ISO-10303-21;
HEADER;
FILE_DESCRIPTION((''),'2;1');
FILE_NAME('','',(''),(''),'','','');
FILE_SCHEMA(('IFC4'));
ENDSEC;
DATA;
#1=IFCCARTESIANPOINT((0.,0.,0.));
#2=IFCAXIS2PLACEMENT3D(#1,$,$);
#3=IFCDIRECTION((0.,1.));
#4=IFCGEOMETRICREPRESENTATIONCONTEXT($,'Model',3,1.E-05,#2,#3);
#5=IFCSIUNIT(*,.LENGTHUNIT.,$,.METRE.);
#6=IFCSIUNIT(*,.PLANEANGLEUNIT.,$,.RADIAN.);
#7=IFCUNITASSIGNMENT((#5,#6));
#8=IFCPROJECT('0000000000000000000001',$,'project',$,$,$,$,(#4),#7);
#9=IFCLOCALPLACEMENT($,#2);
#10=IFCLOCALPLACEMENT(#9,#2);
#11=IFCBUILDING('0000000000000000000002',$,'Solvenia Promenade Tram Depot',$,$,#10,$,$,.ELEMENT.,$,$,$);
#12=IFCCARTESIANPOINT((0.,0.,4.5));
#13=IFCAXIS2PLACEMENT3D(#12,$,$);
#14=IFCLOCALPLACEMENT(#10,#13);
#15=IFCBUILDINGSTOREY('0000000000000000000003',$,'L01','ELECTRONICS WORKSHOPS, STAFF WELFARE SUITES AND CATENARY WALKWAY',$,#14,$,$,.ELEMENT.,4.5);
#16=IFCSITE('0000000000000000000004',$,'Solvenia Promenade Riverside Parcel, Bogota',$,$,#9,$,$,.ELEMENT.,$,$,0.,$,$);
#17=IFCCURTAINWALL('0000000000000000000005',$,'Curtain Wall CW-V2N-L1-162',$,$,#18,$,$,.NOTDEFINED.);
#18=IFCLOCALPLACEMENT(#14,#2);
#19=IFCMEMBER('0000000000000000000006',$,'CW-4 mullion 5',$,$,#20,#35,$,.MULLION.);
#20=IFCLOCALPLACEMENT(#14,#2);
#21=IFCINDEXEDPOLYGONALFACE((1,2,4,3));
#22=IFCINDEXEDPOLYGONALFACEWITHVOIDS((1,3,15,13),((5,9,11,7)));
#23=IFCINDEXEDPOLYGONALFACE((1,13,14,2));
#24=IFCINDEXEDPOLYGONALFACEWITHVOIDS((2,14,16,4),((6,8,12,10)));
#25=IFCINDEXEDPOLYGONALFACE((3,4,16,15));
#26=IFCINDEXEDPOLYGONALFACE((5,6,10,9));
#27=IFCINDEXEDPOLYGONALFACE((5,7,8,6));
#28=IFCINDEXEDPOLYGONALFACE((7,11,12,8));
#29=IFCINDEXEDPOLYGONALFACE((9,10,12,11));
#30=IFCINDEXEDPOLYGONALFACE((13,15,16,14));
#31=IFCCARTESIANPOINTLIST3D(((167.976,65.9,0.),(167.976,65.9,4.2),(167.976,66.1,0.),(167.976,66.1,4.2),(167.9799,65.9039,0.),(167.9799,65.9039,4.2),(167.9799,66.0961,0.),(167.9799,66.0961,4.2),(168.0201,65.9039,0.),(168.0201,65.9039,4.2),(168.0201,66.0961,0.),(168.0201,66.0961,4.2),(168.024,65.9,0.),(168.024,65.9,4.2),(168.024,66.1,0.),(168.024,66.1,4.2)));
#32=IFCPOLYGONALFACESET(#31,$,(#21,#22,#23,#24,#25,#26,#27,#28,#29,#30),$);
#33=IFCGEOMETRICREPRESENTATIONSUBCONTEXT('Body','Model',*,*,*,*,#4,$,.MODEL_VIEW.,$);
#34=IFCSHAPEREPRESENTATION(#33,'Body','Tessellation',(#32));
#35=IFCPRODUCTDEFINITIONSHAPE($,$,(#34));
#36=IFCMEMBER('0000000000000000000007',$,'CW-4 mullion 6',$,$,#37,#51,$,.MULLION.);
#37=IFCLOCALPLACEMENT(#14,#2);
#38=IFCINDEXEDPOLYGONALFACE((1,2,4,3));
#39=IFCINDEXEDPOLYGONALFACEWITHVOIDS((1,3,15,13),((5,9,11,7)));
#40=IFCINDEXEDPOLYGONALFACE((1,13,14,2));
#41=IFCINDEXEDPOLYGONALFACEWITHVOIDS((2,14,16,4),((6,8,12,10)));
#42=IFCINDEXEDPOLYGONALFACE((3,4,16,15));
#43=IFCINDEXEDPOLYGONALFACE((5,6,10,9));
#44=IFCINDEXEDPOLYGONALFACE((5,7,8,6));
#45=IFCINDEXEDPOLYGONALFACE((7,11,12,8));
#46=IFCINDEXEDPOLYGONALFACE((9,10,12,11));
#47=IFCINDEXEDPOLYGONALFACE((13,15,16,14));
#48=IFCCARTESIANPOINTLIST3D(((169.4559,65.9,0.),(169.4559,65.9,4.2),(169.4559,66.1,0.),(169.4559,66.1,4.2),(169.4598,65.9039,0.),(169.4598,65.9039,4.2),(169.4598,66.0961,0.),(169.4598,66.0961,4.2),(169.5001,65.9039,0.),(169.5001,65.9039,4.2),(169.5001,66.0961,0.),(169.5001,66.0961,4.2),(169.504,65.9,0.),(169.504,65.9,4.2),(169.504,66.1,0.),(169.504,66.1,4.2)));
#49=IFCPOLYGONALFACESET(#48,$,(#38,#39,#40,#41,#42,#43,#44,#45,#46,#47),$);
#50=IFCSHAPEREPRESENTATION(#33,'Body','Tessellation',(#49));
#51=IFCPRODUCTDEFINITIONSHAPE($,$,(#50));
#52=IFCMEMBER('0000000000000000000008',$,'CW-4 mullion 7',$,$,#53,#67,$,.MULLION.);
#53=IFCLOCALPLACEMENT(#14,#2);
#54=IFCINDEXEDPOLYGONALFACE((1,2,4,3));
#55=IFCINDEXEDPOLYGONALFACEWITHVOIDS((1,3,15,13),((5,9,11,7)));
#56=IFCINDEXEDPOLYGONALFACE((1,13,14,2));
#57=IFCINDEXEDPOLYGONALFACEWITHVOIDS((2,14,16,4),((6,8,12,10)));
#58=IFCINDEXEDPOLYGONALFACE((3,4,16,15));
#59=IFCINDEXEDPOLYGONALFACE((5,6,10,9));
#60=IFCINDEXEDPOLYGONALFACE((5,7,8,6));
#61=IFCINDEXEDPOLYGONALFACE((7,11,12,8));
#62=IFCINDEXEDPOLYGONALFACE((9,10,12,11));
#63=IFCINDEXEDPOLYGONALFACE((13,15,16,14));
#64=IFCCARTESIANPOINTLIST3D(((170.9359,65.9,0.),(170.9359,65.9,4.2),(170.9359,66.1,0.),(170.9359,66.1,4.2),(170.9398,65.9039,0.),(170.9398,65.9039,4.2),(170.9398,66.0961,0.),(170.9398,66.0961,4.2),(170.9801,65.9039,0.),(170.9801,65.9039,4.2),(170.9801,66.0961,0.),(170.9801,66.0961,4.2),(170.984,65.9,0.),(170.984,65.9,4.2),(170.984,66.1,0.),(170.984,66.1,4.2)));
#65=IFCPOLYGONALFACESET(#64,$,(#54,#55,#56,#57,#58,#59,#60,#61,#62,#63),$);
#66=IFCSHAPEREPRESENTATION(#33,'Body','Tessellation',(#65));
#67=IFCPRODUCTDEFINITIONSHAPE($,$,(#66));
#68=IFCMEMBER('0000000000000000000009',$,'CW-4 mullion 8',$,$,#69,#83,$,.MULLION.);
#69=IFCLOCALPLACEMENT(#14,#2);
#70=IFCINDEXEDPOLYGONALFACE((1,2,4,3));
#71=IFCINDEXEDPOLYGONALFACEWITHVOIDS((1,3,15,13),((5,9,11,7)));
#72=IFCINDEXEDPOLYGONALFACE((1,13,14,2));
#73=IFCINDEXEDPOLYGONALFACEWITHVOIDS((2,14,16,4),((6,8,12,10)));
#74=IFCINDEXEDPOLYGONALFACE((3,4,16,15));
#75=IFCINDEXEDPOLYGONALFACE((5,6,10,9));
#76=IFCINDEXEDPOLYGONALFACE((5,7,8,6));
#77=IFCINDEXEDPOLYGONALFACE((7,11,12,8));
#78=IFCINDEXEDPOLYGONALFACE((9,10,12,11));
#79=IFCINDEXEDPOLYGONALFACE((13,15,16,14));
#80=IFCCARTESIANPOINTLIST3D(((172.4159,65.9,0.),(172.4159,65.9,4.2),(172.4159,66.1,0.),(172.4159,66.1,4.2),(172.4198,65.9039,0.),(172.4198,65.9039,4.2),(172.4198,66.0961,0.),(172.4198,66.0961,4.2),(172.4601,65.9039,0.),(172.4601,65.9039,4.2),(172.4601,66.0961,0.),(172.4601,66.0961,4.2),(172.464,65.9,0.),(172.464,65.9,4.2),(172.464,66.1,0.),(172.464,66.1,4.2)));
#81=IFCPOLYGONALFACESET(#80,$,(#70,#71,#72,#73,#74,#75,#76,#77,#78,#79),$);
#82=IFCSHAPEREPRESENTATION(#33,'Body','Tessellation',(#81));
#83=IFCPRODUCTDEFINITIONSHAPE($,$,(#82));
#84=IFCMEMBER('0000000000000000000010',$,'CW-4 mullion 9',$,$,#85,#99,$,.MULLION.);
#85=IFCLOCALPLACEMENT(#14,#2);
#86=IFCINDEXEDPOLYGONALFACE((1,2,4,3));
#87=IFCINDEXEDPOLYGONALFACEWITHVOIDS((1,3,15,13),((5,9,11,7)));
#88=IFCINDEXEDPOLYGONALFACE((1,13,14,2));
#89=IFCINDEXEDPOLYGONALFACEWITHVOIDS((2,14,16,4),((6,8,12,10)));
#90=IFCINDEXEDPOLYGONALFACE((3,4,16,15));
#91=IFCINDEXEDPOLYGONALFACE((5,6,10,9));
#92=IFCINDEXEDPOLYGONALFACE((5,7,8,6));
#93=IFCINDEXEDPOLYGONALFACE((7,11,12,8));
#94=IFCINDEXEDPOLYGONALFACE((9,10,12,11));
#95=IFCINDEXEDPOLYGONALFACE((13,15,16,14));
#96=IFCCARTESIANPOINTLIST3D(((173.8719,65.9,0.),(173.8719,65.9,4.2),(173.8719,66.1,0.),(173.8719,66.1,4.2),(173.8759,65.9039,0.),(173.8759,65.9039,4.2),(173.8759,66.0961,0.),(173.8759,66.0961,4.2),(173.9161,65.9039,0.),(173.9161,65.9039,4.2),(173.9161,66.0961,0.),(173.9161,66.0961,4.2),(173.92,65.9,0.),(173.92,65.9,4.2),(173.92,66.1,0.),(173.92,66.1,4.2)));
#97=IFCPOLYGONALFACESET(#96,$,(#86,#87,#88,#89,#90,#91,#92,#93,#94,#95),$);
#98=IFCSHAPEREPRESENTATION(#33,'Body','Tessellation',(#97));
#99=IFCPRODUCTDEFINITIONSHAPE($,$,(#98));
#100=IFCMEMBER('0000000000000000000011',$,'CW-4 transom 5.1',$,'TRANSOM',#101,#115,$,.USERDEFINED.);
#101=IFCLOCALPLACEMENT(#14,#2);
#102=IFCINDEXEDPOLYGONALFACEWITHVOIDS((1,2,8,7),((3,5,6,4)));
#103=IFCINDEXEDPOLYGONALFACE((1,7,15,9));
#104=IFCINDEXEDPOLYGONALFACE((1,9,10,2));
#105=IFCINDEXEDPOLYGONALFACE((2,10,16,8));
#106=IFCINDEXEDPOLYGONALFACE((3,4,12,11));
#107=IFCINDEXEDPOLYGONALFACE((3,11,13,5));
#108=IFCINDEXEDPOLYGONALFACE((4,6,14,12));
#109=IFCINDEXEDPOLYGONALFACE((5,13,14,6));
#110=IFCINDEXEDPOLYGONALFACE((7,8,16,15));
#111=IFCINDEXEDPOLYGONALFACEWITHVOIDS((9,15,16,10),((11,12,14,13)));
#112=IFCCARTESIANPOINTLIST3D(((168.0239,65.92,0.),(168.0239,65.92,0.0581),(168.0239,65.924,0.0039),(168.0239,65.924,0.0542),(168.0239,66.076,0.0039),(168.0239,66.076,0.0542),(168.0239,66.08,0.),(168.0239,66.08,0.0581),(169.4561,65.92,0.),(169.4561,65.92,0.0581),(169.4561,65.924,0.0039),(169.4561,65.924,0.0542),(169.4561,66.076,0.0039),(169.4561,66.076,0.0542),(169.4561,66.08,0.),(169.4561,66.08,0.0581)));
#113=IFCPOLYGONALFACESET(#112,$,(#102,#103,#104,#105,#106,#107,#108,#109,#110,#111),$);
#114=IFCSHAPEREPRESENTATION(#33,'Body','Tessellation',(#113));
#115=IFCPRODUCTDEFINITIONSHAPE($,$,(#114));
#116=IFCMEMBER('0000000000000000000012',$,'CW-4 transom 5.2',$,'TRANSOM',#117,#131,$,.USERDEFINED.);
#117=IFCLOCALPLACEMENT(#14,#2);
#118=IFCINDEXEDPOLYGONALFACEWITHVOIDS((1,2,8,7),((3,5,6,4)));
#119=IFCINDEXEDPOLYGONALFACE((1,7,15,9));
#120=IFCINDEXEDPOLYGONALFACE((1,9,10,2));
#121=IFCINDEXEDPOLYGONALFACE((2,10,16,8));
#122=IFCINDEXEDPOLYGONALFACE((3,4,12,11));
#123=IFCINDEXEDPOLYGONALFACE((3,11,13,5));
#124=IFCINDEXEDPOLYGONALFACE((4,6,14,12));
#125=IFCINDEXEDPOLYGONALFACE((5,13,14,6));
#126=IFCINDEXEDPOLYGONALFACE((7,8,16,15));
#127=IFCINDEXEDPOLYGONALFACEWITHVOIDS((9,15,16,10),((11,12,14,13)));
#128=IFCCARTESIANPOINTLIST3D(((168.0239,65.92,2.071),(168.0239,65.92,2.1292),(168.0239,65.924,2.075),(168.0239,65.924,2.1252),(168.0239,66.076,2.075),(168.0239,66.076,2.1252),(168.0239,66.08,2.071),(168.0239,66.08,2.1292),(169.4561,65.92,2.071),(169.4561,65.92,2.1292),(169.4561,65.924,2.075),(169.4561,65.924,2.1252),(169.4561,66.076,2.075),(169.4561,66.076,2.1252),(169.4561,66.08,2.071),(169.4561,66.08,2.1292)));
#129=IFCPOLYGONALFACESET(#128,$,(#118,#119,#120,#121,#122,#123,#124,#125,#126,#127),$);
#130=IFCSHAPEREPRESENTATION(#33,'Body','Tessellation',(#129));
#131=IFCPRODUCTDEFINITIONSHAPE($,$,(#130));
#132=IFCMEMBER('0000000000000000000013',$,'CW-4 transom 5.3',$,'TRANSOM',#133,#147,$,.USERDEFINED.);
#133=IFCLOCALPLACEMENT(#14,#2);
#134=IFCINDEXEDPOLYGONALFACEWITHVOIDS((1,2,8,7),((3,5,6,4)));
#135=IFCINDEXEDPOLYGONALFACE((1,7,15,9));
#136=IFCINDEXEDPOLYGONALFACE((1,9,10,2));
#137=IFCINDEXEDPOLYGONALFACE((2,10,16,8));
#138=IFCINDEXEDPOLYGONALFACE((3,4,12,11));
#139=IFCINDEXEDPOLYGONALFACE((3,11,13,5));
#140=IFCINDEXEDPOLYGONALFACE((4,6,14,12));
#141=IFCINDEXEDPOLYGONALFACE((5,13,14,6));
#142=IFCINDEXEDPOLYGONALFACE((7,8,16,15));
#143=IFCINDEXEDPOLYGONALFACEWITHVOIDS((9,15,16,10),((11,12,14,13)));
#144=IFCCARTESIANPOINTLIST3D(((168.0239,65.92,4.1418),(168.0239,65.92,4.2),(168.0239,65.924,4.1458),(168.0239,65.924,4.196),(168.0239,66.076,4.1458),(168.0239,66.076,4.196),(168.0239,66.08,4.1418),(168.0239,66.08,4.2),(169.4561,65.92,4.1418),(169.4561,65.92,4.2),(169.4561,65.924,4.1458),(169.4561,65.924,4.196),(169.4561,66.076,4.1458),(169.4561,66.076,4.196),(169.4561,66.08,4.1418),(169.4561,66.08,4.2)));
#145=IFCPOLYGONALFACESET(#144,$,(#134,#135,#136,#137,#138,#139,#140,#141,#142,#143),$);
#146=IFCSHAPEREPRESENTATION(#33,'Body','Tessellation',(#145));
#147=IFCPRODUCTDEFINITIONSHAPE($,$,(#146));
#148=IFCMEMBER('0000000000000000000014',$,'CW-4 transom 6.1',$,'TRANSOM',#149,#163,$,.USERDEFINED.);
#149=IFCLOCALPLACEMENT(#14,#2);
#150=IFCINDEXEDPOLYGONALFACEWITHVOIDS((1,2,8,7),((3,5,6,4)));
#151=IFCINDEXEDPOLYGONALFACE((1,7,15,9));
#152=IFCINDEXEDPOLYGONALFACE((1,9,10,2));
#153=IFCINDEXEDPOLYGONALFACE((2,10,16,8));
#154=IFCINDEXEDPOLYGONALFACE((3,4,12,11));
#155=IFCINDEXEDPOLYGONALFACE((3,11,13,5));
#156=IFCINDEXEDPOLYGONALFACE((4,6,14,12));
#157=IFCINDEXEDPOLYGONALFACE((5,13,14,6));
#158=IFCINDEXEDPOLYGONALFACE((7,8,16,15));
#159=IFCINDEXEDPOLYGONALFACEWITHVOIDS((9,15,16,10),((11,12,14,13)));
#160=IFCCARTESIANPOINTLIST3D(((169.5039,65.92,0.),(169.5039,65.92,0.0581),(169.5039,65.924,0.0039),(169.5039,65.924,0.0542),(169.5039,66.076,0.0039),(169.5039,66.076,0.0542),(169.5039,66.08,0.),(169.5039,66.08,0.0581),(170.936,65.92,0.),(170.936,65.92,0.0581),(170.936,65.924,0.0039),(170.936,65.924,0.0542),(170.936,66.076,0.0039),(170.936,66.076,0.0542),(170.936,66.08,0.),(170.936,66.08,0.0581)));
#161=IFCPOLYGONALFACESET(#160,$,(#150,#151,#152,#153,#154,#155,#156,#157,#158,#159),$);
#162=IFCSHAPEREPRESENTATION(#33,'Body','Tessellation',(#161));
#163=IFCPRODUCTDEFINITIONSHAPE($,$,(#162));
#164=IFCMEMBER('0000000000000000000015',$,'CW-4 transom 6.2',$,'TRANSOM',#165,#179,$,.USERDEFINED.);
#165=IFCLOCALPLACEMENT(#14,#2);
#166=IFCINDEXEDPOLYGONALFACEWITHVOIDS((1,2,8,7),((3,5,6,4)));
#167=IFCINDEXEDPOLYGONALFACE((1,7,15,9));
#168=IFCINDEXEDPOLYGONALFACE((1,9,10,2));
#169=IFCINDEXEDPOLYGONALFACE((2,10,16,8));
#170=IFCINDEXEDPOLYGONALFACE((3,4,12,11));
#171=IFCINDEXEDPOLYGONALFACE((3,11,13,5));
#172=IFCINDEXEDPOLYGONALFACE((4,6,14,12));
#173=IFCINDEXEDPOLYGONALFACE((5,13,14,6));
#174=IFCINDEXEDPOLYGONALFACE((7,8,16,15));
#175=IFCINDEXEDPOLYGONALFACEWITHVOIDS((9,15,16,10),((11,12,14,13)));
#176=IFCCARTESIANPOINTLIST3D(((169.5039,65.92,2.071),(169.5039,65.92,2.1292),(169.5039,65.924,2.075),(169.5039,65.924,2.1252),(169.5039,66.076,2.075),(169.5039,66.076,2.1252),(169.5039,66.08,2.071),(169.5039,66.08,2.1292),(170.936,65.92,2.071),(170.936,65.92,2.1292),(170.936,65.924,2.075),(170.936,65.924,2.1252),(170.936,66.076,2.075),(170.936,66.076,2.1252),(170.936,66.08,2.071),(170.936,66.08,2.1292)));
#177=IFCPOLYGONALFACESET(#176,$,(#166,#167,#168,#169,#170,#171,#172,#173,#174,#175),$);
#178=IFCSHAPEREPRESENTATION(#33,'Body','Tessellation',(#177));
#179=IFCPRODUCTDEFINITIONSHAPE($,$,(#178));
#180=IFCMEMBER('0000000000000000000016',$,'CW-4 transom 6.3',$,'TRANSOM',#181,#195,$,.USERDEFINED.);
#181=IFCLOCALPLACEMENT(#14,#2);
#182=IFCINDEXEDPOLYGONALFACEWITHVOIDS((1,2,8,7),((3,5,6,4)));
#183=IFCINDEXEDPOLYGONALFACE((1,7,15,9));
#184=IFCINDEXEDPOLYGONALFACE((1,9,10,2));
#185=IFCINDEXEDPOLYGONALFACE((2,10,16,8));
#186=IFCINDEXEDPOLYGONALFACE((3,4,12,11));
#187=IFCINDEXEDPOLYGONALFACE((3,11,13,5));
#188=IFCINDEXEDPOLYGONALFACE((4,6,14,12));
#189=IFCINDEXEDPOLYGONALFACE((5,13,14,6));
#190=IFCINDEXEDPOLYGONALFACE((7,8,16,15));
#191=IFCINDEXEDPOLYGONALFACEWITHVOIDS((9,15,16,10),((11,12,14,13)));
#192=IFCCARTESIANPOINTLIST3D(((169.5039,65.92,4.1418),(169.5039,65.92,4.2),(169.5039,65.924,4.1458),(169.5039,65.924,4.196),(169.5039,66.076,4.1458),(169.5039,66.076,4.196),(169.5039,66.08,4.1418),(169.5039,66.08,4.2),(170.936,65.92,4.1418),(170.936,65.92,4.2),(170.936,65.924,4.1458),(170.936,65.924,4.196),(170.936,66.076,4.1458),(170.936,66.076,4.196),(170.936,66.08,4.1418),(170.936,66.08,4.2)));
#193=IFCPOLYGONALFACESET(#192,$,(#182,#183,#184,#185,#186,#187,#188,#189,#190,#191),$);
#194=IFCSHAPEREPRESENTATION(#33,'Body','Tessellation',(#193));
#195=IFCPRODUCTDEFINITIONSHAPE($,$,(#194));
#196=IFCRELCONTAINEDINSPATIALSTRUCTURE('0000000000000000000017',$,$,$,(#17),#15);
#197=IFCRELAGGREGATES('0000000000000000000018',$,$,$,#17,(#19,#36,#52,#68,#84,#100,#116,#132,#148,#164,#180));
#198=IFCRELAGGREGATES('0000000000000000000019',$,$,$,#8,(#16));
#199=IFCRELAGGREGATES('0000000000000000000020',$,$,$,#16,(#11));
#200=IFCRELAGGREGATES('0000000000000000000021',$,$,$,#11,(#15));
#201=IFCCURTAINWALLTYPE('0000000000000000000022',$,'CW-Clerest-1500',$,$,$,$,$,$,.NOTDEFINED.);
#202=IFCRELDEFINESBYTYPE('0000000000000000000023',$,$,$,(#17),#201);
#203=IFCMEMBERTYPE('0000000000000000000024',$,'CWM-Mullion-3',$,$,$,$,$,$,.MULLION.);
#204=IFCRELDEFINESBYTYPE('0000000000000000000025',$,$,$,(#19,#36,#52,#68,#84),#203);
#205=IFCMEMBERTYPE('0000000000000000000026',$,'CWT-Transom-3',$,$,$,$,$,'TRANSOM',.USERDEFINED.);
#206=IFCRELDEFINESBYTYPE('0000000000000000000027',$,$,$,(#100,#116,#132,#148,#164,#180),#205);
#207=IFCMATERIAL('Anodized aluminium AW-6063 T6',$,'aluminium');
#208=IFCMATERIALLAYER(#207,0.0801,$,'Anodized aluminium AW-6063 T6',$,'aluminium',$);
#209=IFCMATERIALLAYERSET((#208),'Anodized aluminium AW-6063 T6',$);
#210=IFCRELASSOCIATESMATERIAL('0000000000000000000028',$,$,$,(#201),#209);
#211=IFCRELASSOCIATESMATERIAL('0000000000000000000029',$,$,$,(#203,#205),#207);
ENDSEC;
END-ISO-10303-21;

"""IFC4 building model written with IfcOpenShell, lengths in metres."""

from ifc_helpers import new_model, si_unit, direction, frame, origin, origin_2d, place, context, subcontext, project, spatial, hollow_rectangle, extrude, material, layer, layer_set, material_profile, profile_set, type_object, element, aggregate, save


model = new_model("IFC4")

# Units and contexts
model_context = context("Model", 3, precision=1e-05, world=origin(), true_north=direction((0.0, 1.0)))
body_context = subcontext(model_context, "Body", "Model", "MODEL_VIEW")
ifc_project = project(units=[si_unit("LENGTHUNIT", "METRE"), si_unit("PLANEANGLEUNIT", "RADIAN")], contexts=[model_context])

# Site, building, storey
site_placement = place(None, origin())
site = spatial("IfcSite", under=ifc_project, at=site_placement, Name="Solvenia Promenade Riverside Parcel, Bogota", CompositionType="ELEMENT", RefElevation=0.0)
building_placement = place(site_placement, origin())
building = spatial("IfcBuilding", under=site, at=building_placement, Name="Solvenia Promenade Tram Depot", CompositionType="ELEMENT")
storey_placement = place(building_placement, frame((0.0, 0.0, 4.5)))
storey = spatial("IfcBuildingStorey", under=building, at=storey_placement, Name="L01", Description="ELECTRONICS WORKSHOPS, STAFF WELFARE SUITES AND CATENARY WALKWAY", CompositionType="ELEMENT", Elevation=4.5)

# Curtain wall, members
ifc_material_1 = material(Name="Anodized aluminium AW-6063 T6", Category="aluminium")
ifc_layer_1 = layer(ifc_material_1, 0.0801, Name="Anodized aluminium AW-6063 T6", Category="aluminium")
ifc_layer_set_1 = layer_set([ifc_layer_1], Name="Anodized aluminium AW-6063 T6")
curtain_wall_type = type_object("IfcCurtainWallType", Name="CW-Clerest-1500", PredefinedType="NOTDEFINED", material=ifc_layer_set_1)
curtain_wall_placement = place(storey_placement, origin())
curtain_wall = element("IfcCurtainWall", 1, at=curtain_wall_placement, inside=storey, type_object=curtain_wall_type, Name="Curtain Wall CW-V2N-L1-162", PredefinedType="NOTDEFINED")
ifc_material_profile_1 = material_profile(ifc_material_1, hollow_rectangle(XDim=0.2, YDim=0.0481, WallThickness=0.0039, at=origin_2d()), Name="ALU-M3", Category="aluminium")
ifc_profile_set_1 = profile_set([ifc_material_profile_1], Name="Anodized aluminium AW-6063 T6")
member_type_1 = type_object("IfcMemberType", Name="CWM-Mullion-3", PredefinedType="MULLION", material=ifc_profile_set_1)
member_1_placement = place(storey_placement, frame((168.0, 66.0, 0.0), z_axis=(0.0, 0.0, 1.0), x_axis=(0.0, 1.0, 0.0)))
member_1 = element("IfcMember", 2, at=member_1_placement, type_object=member_type_1, Name="CW-4 mullion 5", PredefinedType="MULLION", context=body_context, shape_type="SweptSolid", body=[
    extrude(hollow_rectangle(XDim=0.2, YDim=0.0481, WallThickness=0.0039, at=origin_2d()), origin(), (0.0, 0.0, 1.0), 4.2),
])
member_2_placement = place(storey_placement, frame((169.48, 66.0, 0.0), z_axis=(0.0, 0.0, 1.0), x_axis=(0.0, 1.0, 0.0)))
member_2 = element("IfcMember", 3, at=member_2_placement, type_object=member_type_1, Name="CW-4 mullion 6", PredefinedType="MULLION", context=body_context, shape_type="SweptSolid", body=[
    extrude(hollow_rectangle(XDim=0.2, YDim=0.0481, WallThickness=0.0039, at=origin_2d()), origin(), (0.0, 0.0, 1.0), 4.2),
])
member_3_placement = place(storey_placement, frame((170.96, 66.0, 0.0), z_axis=(0.0, 0.0, 1.0), x_axis=(0.0, 1.0, 0.0)))
member_3 = element("IfcMember", 4, at=member_3_placement, type_object=member_type_1, Name="CW-4 mullion 7", PredefinedType="MULLION", context=body_context, shape_type="SweptSolid", body=[
    extrude(hollow_rectangle(XDim=0.2, YDim=0.0481, WallThickness=0.0039, at=origin_2d()), origin(), (0.0, 0.0, 1.0), 4.2),
])
member_4_placement = place(storey_placement, frame((172.4399, 66.0, 0.0), z_axis=(0.0, 0.0, 1.0), x_axis=(0.0, 1.0, 0.0)))
member_4 = element("IfcMember", 5, at=member_4_placement, type_object=member_type_1, Name="CW-4 mullion 8", PredefinedType="MULLION", context=body_context, shape_type="SweptSolid", body=[
    extrude(hollow_rectangle(XDim=0.2, YDim=0.0481, WallThickness=0.0039, at=origin_2d()), origin(), (0.0, 0.0, 1.0), 4.2),
])
member_5_placement = place(storey_placement, frame((173.896, 66.0, 0.0), z_axis=(0.0, 0.0, 1.0), x_axis=(0.0, 1.0, 0.0)))
member_5 = element("IfcMember", 6, at=member_5_placement, type_object=member_type_1, Name="CW-4 mullion 9", PredefinedType="MULLION", context=body_context, shape_type="SweptSolid", body=[
    extrude(hollow_rectangle(XDim=0.2, YDim=0.0481, WallThickness=0.0039, at=origin_2d()), origin(), (0.0, 0.0, 1.0), 4.2),
])
ifc_material_profile_2 = material_profile(ifc_material_1, hollow_rectangle(XDim=0.1599, YDim=0.0581, WallThickness=0.0039, at=origin_2d()), Name="ALU-T3", Category="aluminium")
ifc_profile_set_2 = profile_set([ifc_material_profile_2], Name="Anodized aluminium AW-6063 T6")
member_type_2 = type_object("IfcMemberType", Name="CWT-Transom-3", ElementType="TRANSOM", PredefinedType="USERDEFINED", material=ifc_profile_set_2)
member_6_placement = place(storey_placement, frame((168.0239, 66.0, 0.0291), z_axis=(1.0, 0.0, 0.0), x_axis=(0.0, 1.0, 0.0)))
member_6 = element("IfcMember", 7, at=member_6_placement, type_object=member_type_2, Name="CW-4 transom 5.1", ObjectType="TRANSOM", PredefinedType="USERDEFINED", context=body_context, shape_type="SweptSolid", body=[
    extrude(hollow_rectangle(XDim=0.1599, YDim=0.0581, WallThickness=0.0039, at=origin_2d()), origin(), (0.0, 0.0, 1.0), 1.4321),
])
member_7_placement = place(storey_placement, frame((168.0239, 66.0, 2.1001), z_axis=(1.0, 0.0, 0.0), x_axis=(0.0, 1.0, 0.0)))
member_7 = element("IfcMember", 8, at=member_7_placement, type_object=member_type_2, Name="CW-4 transom 5.2", ObjectType="TRANSOM", PredefinedType="USERDEFINED", context=body_context, shape_type="SweptSolid", body=[
    extrude(hollow_rectangle(XDim=0.1599, YDim=0.0581, WallThickness=0.0039, at=origin_2d()), origin(), (0.0, 0.0, 1.0), 1.4321),
])
member_8_placement = place(storey_placement, frame((168.0239, 66.0, 4.1709), z_axis=(1.0, 0.0, 0.0), x_axis=(0.0, 1.0, 0.0)))
member_8 = element("IfcMember", 9, at=member_8_placement, type_object=member_type_2, Name="CW-4 transom 5.3", ObjectType="TRANSOM", PredefinedType="USERDEFINED", context=body_context, shape_type="SweptSolid", body=[
    extrude(hollow_rectangle(XDim=0.1599, YDim=0.0581, WallThickness=0.0039, at=origin_2d()), origin(), (0.0, 0.0, 1.0), 1.4321),
])
member_9_placement = place(storey_placement, frame((169.5039, 66.0, 0.0291), z_axis=(1.0, 0.0, 0.0), x_axis=(0.0, 1.0, 0.0)))
member_9 = element("IfcMember", 10, at=member_9_placement, type_object=member_type_2, Name="CW-4 transom 6.1", ObjectType="TRANSOM", PredefinedType="USERDEFINED", context=body_context, shape_type="SweptSolid", body=[
    extrude(hollow_rectangle(XDim=0.1599, YDim=0.0581, WallThickness=0.0039, at=origin_2d()), origin(), (0.0, 0.0, 1.0), 1.4321),
])
member_10_placement = place(storey_placement, frame((169.5039, 66.0, 2.1001), z_axis=(1.0, 0.0, 0.0), x_axis=(0.0, 1.0, 0.0)))
member_10 = element("IfcMember", 11, at=member_10_placement, type_object=member_type_2, Name="CW-4 transom 6.2", ObjectType="TRANSOM", PredefinedType="USERDEFINED", context=body_context, shape_type="SweptSolid", body=[
    extrude(hollow_rectangle(XDim=0.1599, YDim=0.0581, WallThickness=0.0039, at=origin_2d()), origin(), (0.0, 0.0, 1.0), 1.4321),
])
member_11_placement = place(storey_placement, frame((169.5039, 66.0, 4.1709), z_axis=(1.0, 0.0, 0.0), x_axis=(0.0, 1.0, 0.0)))
member_11 = element("IfcMember", 12, at=member_11_placement, type_object=member_type_2, Name="CW-4 transom 6.3", ObjectType="TRANSOM", PredefinedType="USERDEFINED", context=body_context, shape_type="SweptSolid", body=[
    extrude(hollow_rectangle(XDim=0.1599, YDim=0.0581, WallThickness=0.0039, at=origin_2d()), origin(), (0.0, 0.0, 1.0), 1.4321),
])
aggregate(curtain_wall, [member_1, member_2, member_3, member_4, member_5, member_6, member_7, member_8, member_9, member_10, member_11])

save(model, "model.ifc")
